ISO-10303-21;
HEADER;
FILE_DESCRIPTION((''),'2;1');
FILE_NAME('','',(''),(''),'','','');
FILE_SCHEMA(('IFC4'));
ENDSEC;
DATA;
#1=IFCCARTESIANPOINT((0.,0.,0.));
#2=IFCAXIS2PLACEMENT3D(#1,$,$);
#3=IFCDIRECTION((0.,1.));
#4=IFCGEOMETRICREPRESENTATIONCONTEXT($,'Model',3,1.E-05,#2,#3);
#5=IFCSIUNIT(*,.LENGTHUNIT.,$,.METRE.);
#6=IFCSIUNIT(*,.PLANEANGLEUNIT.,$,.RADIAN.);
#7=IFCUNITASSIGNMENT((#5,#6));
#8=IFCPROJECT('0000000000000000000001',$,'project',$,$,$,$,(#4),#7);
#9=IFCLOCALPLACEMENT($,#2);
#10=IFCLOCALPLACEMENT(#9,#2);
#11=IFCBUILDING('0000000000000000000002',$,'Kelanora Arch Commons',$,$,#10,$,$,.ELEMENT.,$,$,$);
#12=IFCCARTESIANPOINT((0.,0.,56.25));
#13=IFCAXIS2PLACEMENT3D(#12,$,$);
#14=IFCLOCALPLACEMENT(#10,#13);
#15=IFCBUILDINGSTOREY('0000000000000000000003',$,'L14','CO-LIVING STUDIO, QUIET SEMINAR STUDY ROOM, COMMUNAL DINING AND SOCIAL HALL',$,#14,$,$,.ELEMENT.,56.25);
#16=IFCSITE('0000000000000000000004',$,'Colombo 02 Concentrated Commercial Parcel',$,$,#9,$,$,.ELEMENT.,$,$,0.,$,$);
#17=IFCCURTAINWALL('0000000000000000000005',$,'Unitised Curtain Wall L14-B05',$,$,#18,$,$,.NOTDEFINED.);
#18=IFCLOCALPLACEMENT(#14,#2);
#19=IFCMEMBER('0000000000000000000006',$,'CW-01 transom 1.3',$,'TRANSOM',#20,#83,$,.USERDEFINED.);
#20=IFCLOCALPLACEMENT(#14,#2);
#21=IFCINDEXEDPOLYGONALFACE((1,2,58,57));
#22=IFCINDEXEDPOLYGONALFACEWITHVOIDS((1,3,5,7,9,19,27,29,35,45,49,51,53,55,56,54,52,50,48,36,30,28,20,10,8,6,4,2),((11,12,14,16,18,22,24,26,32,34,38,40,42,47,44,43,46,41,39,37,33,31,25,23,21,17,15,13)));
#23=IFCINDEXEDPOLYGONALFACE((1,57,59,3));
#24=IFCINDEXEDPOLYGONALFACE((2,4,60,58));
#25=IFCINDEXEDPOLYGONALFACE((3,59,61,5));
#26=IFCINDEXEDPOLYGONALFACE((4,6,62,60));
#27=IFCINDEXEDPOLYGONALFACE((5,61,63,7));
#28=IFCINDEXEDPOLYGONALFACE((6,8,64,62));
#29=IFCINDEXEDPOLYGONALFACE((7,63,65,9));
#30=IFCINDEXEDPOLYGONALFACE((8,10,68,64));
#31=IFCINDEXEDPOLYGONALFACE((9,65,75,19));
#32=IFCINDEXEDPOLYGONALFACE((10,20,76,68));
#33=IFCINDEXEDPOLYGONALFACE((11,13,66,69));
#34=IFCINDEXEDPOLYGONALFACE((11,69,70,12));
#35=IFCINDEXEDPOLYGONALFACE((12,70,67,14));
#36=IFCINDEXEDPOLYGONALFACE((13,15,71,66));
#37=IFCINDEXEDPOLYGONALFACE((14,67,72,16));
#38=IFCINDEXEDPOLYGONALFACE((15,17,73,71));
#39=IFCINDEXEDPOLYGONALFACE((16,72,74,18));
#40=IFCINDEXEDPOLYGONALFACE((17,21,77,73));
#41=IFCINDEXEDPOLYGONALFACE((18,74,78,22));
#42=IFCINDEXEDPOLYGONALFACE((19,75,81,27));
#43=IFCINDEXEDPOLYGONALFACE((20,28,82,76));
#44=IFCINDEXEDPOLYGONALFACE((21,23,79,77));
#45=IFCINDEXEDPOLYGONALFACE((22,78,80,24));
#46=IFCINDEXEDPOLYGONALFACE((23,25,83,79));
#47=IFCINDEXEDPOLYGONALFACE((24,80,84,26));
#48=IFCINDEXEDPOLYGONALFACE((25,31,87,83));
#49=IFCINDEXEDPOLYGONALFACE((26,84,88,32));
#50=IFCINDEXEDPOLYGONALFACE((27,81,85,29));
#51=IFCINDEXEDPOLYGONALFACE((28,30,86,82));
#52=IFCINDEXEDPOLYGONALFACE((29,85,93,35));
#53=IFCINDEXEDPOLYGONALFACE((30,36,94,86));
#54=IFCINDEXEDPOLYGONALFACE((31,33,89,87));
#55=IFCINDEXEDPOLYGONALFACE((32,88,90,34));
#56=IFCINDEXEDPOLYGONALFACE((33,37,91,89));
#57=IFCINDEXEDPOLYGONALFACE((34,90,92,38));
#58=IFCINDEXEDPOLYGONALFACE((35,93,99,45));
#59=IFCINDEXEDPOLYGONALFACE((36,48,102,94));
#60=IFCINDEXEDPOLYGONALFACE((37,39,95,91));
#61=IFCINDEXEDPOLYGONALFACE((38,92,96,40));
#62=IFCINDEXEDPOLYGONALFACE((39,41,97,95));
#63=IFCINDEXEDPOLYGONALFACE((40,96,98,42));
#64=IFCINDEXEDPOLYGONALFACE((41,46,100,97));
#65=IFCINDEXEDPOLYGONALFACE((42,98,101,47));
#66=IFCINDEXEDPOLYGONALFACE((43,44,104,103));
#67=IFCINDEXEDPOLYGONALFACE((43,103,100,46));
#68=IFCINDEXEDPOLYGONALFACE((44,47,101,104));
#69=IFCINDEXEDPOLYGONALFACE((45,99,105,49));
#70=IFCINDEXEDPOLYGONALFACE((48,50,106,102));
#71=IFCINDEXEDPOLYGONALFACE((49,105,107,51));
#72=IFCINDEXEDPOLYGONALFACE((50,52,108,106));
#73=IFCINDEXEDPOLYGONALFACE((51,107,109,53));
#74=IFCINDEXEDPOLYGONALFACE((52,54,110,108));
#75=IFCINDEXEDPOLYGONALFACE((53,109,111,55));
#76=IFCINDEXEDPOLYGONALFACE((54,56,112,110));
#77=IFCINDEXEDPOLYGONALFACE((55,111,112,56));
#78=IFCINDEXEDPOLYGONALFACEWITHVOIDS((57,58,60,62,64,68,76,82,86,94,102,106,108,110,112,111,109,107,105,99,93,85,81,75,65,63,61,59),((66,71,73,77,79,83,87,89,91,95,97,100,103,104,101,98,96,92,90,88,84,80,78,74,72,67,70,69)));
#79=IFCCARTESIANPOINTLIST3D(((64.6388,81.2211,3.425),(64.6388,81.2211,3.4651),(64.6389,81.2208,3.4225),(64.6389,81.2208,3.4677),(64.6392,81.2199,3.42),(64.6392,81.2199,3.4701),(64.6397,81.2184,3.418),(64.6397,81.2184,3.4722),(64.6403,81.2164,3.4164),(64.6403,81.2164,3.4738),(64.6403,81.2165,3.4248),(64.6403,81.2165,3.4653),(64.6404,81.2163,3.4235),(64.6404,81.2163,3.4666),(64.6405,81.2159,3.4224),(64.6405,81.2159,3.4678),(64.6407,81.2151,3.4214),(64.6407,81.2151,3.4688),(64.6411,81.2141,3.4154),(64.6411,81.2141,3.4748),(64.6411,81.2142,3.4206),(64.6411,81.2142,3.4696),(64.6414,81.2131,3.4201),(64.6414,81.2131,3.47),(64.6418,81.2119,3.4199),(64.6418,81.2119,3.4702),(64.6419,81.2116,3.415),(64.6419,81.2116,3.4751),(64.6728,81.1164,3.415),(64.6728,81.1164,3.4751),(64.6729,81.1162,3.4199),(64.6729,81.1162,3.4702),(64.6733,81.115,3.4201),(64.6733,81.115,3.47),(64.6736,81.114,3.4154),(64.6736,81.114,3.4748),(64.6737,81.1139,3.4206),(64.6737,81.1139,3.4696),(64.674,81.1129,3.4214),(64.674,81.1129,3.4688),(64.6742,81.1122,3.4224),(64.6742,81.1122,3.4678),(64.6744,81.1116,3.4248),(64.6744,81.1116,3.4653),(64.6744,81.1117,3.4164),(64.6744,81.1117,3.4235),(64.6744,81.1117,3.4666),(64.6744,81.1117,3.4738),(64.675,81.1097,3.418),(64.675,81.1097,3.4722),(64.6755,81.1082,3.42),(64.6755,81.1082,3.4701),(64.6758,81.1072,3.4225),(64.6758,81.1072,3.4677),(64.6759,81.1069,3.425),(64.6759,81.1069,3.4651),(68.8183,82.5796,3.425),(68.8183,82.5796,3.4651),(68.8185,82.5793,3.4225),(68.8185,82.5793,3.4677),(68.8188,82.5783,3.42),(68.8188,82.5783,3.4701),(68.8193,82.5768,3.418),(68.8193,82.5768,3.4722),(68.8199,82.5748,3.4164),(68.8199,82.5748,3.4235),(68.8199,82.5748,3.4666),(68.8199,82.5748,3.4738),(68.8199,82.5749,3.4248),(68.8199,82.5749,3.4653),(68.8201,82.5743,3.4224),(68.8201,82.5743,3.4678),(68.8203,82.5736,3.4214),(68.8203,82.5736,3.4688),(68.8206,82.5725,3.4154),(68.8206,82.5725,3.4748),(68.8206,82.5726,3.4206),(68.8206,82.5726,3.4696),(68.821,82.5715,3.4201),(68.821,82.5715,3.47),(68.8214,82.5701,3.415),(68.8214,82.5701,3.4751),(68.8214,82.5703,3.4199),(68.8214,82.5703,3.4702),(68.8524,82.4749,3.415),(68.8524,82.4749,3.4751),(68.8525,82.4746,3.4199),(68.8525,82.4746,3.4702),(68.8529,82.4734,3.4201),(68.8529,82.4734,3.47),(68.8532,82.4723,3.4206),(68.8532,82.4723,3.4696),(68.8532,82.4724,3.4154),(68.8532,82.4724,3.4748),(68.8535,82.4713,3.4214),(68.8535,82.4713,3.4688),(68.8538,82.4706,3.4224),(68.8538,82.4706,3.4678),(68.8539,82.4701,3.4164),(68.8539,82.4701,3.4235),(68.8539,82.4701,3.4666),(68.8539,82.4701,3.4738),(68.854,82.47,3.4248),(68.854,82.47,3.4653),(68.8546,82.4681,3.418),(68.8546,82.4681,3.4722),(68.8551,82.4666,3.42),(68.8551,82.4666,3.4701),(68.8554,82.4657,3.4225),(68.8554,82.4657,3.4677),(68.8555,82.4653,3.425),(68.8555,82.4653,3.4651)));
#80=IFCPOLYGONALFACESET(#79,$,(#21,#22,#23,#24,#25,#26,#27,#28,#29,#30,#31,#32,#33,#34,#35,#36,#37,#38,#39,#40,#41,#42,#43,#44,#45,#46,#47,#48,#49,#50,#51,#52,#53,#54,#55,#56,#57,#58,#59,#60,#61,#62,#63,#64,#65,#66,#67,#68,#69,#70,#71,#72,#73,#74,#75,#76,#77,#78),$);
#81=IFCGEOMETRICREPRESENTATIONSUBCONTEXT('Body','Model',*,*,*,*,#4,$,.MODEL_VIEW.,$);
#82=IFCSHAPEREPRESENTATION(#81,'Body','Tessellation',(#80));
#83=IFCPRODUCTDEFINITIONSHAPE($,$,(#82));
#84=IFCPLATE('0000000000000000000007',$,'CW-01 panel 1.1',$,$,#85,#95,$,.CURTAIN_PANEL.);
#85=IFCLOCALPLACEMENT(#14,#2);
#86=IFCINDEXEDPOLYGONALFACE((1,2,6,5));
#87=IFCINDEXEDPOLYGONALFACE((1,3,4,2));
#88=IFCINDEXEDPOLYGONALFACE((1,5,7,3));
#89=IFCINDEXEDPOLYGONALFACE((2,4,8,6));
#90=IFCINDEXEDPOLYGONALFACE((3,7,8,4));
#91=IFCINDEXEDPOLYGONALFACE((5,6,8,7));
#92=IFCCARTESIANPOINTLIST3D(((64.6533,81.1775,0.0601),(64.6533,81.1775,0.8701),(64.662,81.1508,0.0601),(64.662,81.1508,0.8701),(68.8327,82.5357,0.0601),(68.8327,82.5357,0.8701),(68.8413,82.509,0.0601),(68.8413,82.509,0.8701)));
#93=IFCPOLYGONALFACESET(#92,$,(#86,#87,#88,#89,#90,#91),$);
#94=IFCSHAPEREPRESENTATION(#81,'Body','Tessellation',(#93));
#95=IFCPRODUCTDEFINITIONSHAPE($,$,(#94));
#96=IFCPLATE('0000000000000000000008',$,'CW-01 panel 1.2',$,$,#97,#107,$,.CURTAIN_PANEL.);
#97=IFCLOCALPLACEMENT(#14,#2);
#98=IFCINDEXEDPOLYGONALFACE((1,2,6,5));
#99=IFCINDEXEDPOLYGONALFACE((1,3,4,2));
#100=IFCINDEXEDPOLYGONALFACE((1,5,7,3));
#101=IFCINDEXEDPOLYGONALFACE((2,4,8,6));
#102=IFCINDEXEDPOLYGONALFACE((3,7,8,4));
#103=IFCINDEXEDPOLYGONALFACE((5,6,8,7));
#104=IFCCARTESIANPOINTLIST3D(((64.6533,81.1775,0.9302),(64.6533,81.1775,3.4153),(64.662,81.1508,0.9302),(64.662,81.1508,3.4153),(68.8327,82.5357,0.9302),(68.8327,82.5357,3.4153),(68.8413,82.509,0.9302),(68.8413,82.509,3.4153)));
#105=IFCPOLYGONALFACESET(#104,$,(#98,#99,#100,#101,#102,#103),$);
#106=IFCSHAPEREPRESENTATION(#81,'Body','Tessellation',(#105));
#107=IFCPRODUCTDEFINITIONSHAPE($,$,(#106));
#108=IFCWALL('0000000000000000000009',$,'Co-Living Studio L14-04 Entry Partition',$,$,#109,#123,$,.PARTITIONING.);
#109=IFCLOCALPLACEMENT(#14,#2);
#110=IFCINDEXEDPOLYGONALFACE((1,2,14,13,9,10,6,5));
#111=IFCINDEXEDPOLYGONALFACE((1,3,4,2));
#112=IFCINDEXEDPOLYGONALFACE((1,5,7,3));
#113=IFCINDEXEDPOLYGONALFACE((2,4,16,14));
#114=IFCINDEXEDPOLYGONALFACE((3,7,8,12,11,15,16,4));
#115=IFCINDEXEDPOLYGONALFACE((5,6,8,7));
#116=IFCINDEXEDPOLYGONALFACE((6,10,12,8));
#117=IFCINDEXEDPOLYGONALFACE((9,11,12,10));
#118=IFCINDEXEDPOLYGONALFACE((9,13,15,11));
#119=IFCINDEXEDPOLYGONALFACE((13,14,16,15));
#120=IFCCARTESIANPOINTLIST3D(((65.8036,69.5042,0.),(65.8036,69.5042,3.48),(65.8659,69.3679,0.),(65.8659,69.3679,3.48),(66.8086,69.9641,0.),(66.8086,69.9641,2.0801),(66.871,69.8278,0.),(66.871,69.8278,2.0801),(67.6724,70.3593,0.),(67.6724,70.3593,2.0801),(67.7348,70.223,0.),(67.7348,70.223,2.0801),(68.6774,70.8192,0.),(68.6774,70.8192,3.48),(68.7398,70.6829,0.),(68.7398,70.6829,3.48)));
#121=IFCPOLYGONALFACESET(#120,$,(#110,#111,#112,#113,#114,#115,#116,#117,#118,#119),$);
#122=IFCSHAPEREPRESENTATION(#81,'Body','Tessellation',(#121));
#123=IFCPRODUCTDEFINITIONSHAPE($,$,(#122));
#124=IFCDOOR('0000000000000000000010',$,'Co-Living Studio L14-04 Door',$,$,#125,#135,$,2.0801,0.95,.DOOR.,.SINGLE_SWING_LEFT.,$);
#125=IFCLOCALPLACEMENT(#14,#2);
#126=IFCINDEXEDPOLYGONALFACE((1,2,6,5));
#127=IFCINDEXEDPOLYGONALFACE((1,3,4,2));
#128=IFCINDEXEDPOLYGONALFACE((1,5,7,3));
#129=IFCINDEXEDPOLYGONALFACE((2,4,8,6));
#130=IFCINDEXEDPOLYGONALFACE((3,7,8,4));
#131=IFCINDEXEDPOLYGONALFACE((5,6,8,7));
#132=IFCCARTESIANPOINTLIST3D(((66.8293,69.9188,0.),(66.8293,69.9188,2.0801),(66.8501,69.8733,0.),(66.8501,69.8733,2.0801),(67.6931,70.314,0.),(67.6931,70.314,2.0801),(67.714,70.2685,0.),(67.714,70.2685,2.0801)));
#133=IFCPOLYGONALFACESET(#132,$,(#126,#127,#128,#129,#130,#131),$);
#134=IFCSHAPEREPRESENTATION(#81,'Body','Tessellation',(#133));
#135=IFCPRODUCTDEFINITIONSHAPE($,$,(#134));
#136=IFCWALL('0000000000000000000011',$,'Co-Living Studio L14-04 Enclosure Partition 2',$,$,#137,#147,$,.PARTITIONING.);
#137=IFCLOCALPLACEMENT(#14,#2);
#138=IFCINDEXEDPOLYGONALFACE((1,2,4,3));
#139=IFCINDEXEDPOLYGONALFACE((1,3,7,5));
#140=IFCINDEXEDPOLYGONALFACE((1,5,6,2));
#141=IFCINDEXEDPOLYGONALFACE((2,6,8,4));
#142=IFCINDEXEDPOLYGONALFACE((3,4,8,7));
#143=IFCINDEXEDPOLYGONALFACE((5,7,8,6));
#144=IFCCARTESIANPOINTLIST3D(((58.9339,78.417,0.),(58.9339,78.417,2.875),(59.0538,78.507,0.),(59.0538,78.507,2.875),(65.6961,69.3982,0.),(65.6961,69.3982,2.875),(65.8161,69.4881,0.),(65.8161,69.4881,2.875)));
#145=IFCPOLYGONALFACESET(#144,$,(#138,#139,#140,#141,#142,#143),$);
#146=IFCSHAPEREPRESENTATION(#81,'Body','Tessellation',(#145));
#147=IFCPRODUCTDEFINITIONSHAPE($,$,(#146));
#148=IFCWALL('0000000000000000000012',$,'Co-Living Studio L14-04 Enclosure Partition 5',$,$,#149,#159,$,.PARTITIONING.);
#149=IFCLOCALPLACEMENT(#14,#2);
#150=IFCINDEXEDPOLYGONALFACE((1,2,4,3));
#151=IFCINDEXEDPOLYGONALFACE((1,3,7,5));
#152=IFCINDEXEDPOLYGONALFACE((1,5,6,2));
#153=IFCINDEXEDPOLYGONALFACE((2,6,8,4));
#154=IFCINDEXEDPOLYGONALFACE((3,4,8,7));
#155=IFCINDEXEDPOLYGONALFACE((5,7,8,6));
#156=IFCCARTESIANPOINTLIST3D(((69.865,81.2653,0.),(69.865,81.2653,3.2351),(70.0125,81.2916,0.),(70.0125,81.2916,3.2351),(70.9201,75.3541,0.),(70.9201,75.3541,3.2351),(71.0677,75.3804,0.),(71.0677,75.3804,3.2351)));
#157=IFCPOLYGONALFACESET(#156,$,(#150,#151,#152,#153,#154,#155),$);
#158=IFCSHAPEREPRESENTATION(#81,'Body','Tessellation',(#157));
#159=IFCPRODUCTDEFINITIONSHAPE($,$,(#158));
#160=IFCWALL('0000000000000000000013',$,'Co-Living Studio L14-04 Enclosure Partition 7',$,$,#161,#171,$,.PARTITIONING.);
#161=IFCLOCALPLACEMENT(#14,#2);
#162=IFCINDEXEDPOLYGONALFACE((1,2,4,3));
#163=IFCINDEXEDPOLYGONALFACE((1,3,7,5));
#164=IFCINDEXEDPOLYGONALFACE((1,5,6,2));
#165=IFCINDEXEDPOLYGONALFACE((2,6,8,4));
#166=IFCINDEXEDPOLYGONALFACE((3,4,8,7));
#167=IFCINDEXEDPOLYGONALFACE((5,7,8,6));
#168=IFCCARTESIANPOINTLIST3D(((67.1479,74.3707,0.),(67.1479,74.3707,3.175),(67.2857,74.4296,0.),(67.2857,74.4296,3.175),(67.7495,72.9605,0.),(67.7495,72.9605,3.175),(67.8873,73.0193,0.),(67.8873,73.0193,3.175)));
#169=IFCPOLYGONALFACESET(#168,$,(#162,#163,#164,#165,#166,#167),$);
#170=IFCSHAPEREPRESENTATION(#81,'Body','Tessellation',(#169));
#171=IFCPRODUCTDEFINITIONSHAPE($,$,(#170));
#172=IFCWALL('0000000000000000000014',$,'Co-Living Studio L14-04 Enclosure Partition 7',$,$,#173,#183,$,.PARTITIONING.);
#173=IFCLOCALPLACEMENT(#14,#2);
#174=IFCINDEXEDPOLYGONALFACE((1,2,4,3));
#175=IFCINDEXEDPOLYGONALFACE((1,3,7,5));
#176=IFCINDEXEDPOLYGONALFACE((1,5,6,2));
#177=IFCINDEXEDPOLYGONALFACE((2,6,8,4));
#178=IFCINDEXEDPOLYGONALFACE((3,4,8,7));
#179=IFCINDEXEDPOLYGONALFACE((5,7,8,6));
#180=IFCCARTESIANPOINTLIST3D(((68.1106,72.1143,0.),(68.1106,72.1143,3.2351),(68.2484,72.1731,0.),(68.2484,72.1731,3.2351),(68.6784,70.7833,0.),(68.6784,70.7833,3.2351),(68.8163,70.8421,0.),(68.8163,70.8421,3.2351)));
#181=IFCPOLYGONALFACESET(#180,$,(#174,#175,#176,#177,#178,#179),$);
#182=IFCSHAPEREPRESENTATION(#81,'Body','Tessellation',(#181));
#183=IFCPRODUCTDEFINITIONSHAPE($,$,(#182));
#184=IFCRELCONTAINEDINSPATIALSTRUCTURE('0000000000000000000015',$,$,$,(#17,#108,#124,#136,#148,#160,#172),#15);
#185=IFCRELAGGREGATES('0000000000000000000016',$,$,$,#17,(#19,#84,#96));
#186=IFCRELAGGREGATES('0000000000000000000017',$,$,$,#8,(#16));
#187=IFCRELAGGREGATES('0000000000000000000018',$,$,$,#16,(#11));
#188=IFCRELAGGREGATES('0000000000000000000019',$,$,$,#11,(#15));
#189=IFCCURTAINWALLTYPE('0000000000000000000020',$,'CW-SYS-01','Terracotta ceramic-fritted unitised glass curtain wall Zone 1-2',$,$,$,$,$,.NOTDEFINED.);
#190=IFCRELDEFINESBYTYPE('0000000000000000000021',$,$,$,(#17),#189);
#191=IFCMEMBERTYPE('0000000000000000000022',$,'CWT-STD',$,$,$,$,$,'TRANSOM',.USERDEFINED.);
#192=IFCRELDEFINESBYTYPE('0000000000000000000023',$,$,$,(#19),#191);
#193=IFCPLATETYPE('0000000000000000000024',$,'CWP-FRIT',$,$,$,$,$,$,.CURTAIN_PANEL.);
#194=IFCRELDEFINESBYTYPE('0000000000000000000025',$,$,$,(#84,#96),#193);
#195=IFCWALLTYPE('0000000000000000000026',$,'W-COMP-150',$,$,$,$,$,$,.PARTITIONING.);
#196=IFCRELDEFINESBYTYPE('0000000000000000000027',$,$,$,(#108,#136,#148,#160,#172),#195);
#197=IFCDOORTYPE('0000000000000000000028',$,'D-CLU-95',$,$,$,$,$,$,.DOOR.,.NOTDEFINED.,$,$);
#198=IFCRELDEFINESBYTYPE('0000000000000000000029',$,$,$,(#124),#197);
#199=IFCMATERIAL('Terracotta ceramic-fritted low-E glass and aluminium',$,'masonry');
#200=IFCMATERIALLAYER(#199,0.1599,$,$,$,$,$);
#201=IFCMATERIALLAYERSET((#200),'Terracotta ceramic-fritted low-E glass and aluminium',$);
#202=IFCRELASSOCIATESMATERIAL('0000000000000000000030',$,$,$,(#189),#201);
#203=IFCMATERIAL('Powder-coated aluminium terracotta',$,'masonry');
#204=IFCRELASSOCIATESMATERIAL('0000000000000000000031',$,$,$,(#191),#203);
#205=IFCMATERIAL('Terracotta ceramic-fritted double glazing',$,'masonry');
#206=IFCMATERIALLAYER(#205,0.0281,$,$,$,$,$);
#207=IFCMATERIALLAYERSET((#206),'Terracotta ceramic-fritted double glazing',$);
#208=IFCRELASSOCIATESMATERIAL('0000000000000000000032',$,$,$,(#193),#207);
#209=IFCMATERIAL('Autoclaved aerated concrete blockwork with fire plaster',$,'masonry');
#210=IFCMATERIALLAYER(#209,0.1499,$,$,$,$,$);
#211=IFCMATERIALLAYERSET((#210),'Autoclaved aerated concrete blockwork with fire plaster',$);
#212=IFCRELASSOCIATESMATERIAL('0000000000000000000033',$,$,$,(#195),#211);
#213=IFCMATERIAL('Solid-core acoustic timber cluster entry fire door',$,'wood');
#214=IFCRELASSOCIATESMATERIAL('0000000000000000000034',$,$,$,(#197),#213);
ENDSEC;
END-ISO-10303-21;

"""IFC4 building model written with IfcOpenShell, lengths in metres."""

from ifc_helpers import new_model, si_unit, direction, frame, frame_2d, origin, origin_2d, place, context, subcontext, project, spatial, rectangle, hollow_rectangle, extrude, source, transform, mapped, material, layer, layer_set, material_profile, profile_set, type_object, element, fill, aggregate, save


model = new_model("IFC4")

# Units and contexts
model_context = context("Model", 3, precision=1e-05, world=origin(), true_north=direction((0.0, 1.0)))
body_context = subcontext(model_context, "Body", "Model", "MODEL_VIEW")
ifc_project = project(units=[si_unit("LENGTHUNIT", "METRE"), si_unit("PLANEANGLEUNIT", "RADIAN")], contexts=[model_context])

# Site, building, storey
site_placement = place(None, origin())
site = spatial("IfcSite", under=ifc_project, at=site_placement, Name="Colombo 02 Concentrated Commercial Parcel", CompositionType="ELEMENT", RefElevation=0.0)
building_placement = place(site_placement, origin())
building = spatial("IfcBuilding", under=site, at=building_placement, Name="Kelanora Arch Commons", CompositionType="ELEMENT")
storey_placement = place(building_placement, frame((0.0, 0.0, 56.25)))
storey = spatial("IfcBuildingStorey", under=building, at=storey_placement, Name="L14", Description="CO-LIVING STUDIO, QUIET SEMINAR STUDY ROOM, COMMUNAL DINING AND SOCIAL HALL", CompositionType="ELEMENT", Elevation=56.25)

# Curtain wall, member, plates
ifc_material_1 = material(Name="Terracotta ceramic-fritted low-E glass and aluminium", Category="masonry")
ifc_layer_1 = layer(ifc_material_1, 0.1599)
ifc_layer_set_1 = layer_set([ifc_layer_1], Name="Terracotta ceramic-fritted low-E glass and aluminium")
curtain_wall_type = type_object("IfcCurtainWallType", Name="CW-SYS-01", Description="Terracotta ceramic-fritted unitised glass curtain wall Zone 1-2", PredefinedType="NOTDEFINED", material=ifc_layer_set_1)
curtain_wall_placement = place(storey_placement, origin())
curtain_wall = element("IfcCurtainWall", 1, at=curtain_wall_placement, inside=storey, type_object=curtain_wall_type, Name="Unitised Curtain Wall L14-B05", PredefinedType="NOTDEFINED")
ifc_material_2 = material(Name="Powder-coated aluminium terracotta", Category="masonry")
ifc_material_profile_1 = material_profile(ifc_material_2, hollow_rectangle(XDim=0.1201, YDim=0.0601, WallThickness=0.0049, InnerFilletRadius=0.0049, OuterFilletRadius=0.01, at=origin_2d()), Name="CWT120x60")
ifc_profile_set_1 = profile_set([ifc_material_profile_1], Name="Powder-coated aluminium terracotta")
member_type_1 = type_object("IfcMemberType", Name="CWT-STD", ElementType="TRANSOM", PredefinedType="USERDEFINED", material=ifc_profile_set_1)
member_1_placement = place(storey_placement, frame((68.8369, 82.5225, 3.4451), z_axis=(-0.951029, -0.309102, 0.0), x_axis=(0.309102, -0.951029, 0.0)))
member_1 = element("IfcMember", 2, at=member_1_placement, type_object=member_type_1, Name="CW-01 transom 1.3", ObjectType="TRANSOM", PredefinedType="USERDEFINED", context=body_context, shape_type="SweptSolid", body=[
    extrude(hollow_rectangle(XDim=0.1201, YDim=0.0601, WallThickness=0.0049, InnerFilletRadius=0.0049, OuterFilletRadius=0.01, at=origin_2d()), origin(), (0.0, 0.0, 1.0), 4.3948),
])
ifc_material_3 = material(Name="Terracotta ceramic-fritted double glazing", Category="masonry")
ifc_layer_2 = layer(ifc_material_3, 0.0281)
ifc_layer_set_2 = layer_set([ifc_layer_2], Name="Terracotta ceramic-fritted double glazing")
plate_type = type_object("IfcPlateType", Name="CWP-FRIT", PredefinedType="CURTAIN_PANEL", material=ifc_layer_set_2)
shared_shape_1 = source(origin(), body_context, "Body", "SweptSolid", [
    extrude(rectangle(XDim=4.3945, YDim=0.0281, at=origin_2d()), origin(), (0.0, 0.0, 1.0), 0.8101),
])
plate_1_placement = place(storey_placement, frame((66.7473, 81.8433, 0.0601), z_axis=(0.0, 0.0, 1.0), x_axis=(-0.951043, -0.309058, 0.0)))
plate_1 = element("IfcPlate", 3, at=plate_1_placement, type_object=plate_type, Name="CW-01 panel 1.1", PredefinedType="CURTAIN_PANEL", context=body_context, shape_type="MappedRepresentation", body=[
    mapped(shared_shape_1, transform((0.0, 0.0, 0.0), scale=1.0)),
])
shared_shape_2 = source(origin(), body_context, "Body", "SweptSolid", [
    extrude(rectangle(XDim=4.3945, YDim=0.0281, at=origin_2d()), origin(), (0.0, 0.0, 1.0), 2.4851),
])
plate_2_placement = place(storey_placement, frame((66.7473, 81.8433, 0.9302), z_axis=(0.0, 0.0, 1.0), x_axis=(-0.951043, -0.309058, 0.0)))
plate_2 = element("IfcPlate", 4, at=plate_2_placement, type_object=plate_type, Name="CW-01 panel 1.2", PredefinedType="CURTAIN_PANEL", context=body_context, shape_type="MappedRepresentation", body=[
    mapped(shared_shape_2, transform((0.0, 0.0, 0.0), scale=1.0)),
])
aggregate(curtain_wall, [member_1, plate_1, plate_2])

# Wall, opening, door
ifc_material_4 = material(Name="Autoclaved aerated concrete blockwork with fire plaster", Category="masonry")
ifc_layer_3 = layer(ifc_material_4, 0.1499)
ifc_layer_set_3 = layer_set([ifc_layer_3], Name="Autoclaved aerated concrete blockwork with fire plaster")
wall_type_1 = type_object("IfcWallType", Name="W-COMP-150", PredefinedType="PARTITIONING", material=ifc_layer_set_3)
wall_1_placement = place(storey_placement, frame((68.7085, 70.751, 0.0), z_axis=(0.0, 0.0, 1.0), x_axis=(-0.909329, -0.416077, 0.0)))
wall_1 = element("IfcWall", 5, at=wall_1_placement, inside=storey, type_object=wall_type_1, Name="Co-Living Studio L14-04 Entry Partition", PredefinedType="PARTITIONING", context=body_context, shape_type="SweptSolid", body=[
    extrude(rectangle(XDim=3.1604, YDim=0.1499, at=frame_2d((1.5801, 0.0))), origin(), (0.0, 0.0, 1.0), 3.48),
])
opening_1_placement = place(wall_1_placement, frame((1.105, 0.0, 0.0)))
opening_1 = element("IfcOpeningElement", 6, at=opening_1_placement, cuts=wall_1, PredefinedType="OPENING", context=body_context, shape_type="SweptSolid", body=[
    extrude(rectangle(XDim=0.95, YDim=2.0801, at=frame_2d((0.4751, 1.04))), frame((0.0, 0.085, 0.0), z_axis=(0.0, -1.0, 0.0), x_axis=(1.0, 0.0, 0.0)), (0.0, 0.0, 1.0), 0.1699),
])
ifc_material_5 = material(Name="Solid-core acoustic timber cluster entry fire door", Category="wood")
door_type_1 = type_object("IfcDoorType", Name="D-CLU-95", OperationType="NOTDEFINED", PredefinedType="DOOR", material=ifc_material_5)
door_1_placement = place(opening_1_placement, origin())
door_1 = element("IfcDoor", 7, at=door_1_placement, inside=storey, type_object=door_type_1, Name="Co-Living Studio L14-04 Door", OperationType="SINGLE_SWING_LEFT", OverallHeight=2.0801, OverallWidth=0.95, PredefinedType="DOOR", context=body_context, shape_type="SweptSolid", body=[
    extrude(rectangle(XDim=0.95, YDim=2.0801, at=frame_2d((0.4751, 1.04))), frame((0.0, 0.0249, 0.0), z_axis=(0.0, -1.0, 0.0), x_axis=(1.0, 0.0, 0.0)), (0.0, 0.0, 1.0), 0.05),
])
fill(opening_1, door_1)

# Walls
wall_2_placement = place(storey_placement, frame((65.7561, 69.4431, 0.0), z_axis=(0.0, 0.0, 1.0), x_axis=(-0.599893, 0.800081, 0.0)))
element("IfcWall", 8, at=wall_2_placement, inside=storey, type_object=wall_type_1, Name="Co-Living Studio L14-04 Enclosure Partition 2", PredefinedType="PARTITIONING", context=body_context, shape_type="SweptSolid", body=[
    extrude(rectangle(XDim=11.2725, YDim=0.1499, at=frame_2d((5.6362, 0.0))), origin(), (0.0, 0.0, 1.0), 2.875),
])
wall_3_placement = place(storey_placement, frame((69.9387, 81.2786, 0.0), z_axis=(0.0, 0.0, 1.0), x_axis=(0.175729, -0.984439, 0.0)))
element("IfcWall", 9, at=wall_3_placement, inside=storey, type_object=wall_type_1, Name="Co-Living Studio L14-04 Enclosure Partition 5", PredefinedType="PARTITIONING", context=body_context, shape_type="SweptSolid", body=[
    extrude(rectangle(XDim=6.0046, YDim=0.1499, at=frame_2d((3.0024, 0.0))), origin(), (0.0, 0.0, 1.0), 3.2351),
])
wall_4_placement = place(storey_placement, frame((67.2168, 74.4001, 0.0), z_axis=(0.0, 0.0, 1.0), x_axis=(0.392381, -0.919803, 0.0)))
element("IfcWall", 10, at=wall_4_placement, inside=storey, type_object=wall_type_1, Name="Co-Living Studio L14-04 Enclosure Partition 7", PredefinedType="PARTITIONING", context=body_context, shape_type="SweptSolid", body=[
    extrude(rectangle(XDim=1.5332, YDim=0.1499, at=frame_2d((0.7666, 0.0))), origin(), (0.0, 0.0, 1.0), 3.175),
])
wall_5_placement = place(storey_placement, frame((68.1794, 72.1438, 0.0), z_axis=(0.0, 0.0, 1.0), x_axis=(0.392412, -0.91979, 0.0)))
element("IfcWall", 11, at=wall_5_placement, inside=storey, type_object=wall_type_1, Name="Co-Living Studio L14-04 Enclosure Partition 7", PredefinedType="PARTITIONING", context=body_context, shape_type="SweptSolid", body=[
    extrude(rectangle(XDim=1.447, YDim=0.1499, at=frame_2d((0.7236, 0.0))), origin(), (0.0, 0.0, 1.0), 3.2351),
])

save(model, "model.ifc")
